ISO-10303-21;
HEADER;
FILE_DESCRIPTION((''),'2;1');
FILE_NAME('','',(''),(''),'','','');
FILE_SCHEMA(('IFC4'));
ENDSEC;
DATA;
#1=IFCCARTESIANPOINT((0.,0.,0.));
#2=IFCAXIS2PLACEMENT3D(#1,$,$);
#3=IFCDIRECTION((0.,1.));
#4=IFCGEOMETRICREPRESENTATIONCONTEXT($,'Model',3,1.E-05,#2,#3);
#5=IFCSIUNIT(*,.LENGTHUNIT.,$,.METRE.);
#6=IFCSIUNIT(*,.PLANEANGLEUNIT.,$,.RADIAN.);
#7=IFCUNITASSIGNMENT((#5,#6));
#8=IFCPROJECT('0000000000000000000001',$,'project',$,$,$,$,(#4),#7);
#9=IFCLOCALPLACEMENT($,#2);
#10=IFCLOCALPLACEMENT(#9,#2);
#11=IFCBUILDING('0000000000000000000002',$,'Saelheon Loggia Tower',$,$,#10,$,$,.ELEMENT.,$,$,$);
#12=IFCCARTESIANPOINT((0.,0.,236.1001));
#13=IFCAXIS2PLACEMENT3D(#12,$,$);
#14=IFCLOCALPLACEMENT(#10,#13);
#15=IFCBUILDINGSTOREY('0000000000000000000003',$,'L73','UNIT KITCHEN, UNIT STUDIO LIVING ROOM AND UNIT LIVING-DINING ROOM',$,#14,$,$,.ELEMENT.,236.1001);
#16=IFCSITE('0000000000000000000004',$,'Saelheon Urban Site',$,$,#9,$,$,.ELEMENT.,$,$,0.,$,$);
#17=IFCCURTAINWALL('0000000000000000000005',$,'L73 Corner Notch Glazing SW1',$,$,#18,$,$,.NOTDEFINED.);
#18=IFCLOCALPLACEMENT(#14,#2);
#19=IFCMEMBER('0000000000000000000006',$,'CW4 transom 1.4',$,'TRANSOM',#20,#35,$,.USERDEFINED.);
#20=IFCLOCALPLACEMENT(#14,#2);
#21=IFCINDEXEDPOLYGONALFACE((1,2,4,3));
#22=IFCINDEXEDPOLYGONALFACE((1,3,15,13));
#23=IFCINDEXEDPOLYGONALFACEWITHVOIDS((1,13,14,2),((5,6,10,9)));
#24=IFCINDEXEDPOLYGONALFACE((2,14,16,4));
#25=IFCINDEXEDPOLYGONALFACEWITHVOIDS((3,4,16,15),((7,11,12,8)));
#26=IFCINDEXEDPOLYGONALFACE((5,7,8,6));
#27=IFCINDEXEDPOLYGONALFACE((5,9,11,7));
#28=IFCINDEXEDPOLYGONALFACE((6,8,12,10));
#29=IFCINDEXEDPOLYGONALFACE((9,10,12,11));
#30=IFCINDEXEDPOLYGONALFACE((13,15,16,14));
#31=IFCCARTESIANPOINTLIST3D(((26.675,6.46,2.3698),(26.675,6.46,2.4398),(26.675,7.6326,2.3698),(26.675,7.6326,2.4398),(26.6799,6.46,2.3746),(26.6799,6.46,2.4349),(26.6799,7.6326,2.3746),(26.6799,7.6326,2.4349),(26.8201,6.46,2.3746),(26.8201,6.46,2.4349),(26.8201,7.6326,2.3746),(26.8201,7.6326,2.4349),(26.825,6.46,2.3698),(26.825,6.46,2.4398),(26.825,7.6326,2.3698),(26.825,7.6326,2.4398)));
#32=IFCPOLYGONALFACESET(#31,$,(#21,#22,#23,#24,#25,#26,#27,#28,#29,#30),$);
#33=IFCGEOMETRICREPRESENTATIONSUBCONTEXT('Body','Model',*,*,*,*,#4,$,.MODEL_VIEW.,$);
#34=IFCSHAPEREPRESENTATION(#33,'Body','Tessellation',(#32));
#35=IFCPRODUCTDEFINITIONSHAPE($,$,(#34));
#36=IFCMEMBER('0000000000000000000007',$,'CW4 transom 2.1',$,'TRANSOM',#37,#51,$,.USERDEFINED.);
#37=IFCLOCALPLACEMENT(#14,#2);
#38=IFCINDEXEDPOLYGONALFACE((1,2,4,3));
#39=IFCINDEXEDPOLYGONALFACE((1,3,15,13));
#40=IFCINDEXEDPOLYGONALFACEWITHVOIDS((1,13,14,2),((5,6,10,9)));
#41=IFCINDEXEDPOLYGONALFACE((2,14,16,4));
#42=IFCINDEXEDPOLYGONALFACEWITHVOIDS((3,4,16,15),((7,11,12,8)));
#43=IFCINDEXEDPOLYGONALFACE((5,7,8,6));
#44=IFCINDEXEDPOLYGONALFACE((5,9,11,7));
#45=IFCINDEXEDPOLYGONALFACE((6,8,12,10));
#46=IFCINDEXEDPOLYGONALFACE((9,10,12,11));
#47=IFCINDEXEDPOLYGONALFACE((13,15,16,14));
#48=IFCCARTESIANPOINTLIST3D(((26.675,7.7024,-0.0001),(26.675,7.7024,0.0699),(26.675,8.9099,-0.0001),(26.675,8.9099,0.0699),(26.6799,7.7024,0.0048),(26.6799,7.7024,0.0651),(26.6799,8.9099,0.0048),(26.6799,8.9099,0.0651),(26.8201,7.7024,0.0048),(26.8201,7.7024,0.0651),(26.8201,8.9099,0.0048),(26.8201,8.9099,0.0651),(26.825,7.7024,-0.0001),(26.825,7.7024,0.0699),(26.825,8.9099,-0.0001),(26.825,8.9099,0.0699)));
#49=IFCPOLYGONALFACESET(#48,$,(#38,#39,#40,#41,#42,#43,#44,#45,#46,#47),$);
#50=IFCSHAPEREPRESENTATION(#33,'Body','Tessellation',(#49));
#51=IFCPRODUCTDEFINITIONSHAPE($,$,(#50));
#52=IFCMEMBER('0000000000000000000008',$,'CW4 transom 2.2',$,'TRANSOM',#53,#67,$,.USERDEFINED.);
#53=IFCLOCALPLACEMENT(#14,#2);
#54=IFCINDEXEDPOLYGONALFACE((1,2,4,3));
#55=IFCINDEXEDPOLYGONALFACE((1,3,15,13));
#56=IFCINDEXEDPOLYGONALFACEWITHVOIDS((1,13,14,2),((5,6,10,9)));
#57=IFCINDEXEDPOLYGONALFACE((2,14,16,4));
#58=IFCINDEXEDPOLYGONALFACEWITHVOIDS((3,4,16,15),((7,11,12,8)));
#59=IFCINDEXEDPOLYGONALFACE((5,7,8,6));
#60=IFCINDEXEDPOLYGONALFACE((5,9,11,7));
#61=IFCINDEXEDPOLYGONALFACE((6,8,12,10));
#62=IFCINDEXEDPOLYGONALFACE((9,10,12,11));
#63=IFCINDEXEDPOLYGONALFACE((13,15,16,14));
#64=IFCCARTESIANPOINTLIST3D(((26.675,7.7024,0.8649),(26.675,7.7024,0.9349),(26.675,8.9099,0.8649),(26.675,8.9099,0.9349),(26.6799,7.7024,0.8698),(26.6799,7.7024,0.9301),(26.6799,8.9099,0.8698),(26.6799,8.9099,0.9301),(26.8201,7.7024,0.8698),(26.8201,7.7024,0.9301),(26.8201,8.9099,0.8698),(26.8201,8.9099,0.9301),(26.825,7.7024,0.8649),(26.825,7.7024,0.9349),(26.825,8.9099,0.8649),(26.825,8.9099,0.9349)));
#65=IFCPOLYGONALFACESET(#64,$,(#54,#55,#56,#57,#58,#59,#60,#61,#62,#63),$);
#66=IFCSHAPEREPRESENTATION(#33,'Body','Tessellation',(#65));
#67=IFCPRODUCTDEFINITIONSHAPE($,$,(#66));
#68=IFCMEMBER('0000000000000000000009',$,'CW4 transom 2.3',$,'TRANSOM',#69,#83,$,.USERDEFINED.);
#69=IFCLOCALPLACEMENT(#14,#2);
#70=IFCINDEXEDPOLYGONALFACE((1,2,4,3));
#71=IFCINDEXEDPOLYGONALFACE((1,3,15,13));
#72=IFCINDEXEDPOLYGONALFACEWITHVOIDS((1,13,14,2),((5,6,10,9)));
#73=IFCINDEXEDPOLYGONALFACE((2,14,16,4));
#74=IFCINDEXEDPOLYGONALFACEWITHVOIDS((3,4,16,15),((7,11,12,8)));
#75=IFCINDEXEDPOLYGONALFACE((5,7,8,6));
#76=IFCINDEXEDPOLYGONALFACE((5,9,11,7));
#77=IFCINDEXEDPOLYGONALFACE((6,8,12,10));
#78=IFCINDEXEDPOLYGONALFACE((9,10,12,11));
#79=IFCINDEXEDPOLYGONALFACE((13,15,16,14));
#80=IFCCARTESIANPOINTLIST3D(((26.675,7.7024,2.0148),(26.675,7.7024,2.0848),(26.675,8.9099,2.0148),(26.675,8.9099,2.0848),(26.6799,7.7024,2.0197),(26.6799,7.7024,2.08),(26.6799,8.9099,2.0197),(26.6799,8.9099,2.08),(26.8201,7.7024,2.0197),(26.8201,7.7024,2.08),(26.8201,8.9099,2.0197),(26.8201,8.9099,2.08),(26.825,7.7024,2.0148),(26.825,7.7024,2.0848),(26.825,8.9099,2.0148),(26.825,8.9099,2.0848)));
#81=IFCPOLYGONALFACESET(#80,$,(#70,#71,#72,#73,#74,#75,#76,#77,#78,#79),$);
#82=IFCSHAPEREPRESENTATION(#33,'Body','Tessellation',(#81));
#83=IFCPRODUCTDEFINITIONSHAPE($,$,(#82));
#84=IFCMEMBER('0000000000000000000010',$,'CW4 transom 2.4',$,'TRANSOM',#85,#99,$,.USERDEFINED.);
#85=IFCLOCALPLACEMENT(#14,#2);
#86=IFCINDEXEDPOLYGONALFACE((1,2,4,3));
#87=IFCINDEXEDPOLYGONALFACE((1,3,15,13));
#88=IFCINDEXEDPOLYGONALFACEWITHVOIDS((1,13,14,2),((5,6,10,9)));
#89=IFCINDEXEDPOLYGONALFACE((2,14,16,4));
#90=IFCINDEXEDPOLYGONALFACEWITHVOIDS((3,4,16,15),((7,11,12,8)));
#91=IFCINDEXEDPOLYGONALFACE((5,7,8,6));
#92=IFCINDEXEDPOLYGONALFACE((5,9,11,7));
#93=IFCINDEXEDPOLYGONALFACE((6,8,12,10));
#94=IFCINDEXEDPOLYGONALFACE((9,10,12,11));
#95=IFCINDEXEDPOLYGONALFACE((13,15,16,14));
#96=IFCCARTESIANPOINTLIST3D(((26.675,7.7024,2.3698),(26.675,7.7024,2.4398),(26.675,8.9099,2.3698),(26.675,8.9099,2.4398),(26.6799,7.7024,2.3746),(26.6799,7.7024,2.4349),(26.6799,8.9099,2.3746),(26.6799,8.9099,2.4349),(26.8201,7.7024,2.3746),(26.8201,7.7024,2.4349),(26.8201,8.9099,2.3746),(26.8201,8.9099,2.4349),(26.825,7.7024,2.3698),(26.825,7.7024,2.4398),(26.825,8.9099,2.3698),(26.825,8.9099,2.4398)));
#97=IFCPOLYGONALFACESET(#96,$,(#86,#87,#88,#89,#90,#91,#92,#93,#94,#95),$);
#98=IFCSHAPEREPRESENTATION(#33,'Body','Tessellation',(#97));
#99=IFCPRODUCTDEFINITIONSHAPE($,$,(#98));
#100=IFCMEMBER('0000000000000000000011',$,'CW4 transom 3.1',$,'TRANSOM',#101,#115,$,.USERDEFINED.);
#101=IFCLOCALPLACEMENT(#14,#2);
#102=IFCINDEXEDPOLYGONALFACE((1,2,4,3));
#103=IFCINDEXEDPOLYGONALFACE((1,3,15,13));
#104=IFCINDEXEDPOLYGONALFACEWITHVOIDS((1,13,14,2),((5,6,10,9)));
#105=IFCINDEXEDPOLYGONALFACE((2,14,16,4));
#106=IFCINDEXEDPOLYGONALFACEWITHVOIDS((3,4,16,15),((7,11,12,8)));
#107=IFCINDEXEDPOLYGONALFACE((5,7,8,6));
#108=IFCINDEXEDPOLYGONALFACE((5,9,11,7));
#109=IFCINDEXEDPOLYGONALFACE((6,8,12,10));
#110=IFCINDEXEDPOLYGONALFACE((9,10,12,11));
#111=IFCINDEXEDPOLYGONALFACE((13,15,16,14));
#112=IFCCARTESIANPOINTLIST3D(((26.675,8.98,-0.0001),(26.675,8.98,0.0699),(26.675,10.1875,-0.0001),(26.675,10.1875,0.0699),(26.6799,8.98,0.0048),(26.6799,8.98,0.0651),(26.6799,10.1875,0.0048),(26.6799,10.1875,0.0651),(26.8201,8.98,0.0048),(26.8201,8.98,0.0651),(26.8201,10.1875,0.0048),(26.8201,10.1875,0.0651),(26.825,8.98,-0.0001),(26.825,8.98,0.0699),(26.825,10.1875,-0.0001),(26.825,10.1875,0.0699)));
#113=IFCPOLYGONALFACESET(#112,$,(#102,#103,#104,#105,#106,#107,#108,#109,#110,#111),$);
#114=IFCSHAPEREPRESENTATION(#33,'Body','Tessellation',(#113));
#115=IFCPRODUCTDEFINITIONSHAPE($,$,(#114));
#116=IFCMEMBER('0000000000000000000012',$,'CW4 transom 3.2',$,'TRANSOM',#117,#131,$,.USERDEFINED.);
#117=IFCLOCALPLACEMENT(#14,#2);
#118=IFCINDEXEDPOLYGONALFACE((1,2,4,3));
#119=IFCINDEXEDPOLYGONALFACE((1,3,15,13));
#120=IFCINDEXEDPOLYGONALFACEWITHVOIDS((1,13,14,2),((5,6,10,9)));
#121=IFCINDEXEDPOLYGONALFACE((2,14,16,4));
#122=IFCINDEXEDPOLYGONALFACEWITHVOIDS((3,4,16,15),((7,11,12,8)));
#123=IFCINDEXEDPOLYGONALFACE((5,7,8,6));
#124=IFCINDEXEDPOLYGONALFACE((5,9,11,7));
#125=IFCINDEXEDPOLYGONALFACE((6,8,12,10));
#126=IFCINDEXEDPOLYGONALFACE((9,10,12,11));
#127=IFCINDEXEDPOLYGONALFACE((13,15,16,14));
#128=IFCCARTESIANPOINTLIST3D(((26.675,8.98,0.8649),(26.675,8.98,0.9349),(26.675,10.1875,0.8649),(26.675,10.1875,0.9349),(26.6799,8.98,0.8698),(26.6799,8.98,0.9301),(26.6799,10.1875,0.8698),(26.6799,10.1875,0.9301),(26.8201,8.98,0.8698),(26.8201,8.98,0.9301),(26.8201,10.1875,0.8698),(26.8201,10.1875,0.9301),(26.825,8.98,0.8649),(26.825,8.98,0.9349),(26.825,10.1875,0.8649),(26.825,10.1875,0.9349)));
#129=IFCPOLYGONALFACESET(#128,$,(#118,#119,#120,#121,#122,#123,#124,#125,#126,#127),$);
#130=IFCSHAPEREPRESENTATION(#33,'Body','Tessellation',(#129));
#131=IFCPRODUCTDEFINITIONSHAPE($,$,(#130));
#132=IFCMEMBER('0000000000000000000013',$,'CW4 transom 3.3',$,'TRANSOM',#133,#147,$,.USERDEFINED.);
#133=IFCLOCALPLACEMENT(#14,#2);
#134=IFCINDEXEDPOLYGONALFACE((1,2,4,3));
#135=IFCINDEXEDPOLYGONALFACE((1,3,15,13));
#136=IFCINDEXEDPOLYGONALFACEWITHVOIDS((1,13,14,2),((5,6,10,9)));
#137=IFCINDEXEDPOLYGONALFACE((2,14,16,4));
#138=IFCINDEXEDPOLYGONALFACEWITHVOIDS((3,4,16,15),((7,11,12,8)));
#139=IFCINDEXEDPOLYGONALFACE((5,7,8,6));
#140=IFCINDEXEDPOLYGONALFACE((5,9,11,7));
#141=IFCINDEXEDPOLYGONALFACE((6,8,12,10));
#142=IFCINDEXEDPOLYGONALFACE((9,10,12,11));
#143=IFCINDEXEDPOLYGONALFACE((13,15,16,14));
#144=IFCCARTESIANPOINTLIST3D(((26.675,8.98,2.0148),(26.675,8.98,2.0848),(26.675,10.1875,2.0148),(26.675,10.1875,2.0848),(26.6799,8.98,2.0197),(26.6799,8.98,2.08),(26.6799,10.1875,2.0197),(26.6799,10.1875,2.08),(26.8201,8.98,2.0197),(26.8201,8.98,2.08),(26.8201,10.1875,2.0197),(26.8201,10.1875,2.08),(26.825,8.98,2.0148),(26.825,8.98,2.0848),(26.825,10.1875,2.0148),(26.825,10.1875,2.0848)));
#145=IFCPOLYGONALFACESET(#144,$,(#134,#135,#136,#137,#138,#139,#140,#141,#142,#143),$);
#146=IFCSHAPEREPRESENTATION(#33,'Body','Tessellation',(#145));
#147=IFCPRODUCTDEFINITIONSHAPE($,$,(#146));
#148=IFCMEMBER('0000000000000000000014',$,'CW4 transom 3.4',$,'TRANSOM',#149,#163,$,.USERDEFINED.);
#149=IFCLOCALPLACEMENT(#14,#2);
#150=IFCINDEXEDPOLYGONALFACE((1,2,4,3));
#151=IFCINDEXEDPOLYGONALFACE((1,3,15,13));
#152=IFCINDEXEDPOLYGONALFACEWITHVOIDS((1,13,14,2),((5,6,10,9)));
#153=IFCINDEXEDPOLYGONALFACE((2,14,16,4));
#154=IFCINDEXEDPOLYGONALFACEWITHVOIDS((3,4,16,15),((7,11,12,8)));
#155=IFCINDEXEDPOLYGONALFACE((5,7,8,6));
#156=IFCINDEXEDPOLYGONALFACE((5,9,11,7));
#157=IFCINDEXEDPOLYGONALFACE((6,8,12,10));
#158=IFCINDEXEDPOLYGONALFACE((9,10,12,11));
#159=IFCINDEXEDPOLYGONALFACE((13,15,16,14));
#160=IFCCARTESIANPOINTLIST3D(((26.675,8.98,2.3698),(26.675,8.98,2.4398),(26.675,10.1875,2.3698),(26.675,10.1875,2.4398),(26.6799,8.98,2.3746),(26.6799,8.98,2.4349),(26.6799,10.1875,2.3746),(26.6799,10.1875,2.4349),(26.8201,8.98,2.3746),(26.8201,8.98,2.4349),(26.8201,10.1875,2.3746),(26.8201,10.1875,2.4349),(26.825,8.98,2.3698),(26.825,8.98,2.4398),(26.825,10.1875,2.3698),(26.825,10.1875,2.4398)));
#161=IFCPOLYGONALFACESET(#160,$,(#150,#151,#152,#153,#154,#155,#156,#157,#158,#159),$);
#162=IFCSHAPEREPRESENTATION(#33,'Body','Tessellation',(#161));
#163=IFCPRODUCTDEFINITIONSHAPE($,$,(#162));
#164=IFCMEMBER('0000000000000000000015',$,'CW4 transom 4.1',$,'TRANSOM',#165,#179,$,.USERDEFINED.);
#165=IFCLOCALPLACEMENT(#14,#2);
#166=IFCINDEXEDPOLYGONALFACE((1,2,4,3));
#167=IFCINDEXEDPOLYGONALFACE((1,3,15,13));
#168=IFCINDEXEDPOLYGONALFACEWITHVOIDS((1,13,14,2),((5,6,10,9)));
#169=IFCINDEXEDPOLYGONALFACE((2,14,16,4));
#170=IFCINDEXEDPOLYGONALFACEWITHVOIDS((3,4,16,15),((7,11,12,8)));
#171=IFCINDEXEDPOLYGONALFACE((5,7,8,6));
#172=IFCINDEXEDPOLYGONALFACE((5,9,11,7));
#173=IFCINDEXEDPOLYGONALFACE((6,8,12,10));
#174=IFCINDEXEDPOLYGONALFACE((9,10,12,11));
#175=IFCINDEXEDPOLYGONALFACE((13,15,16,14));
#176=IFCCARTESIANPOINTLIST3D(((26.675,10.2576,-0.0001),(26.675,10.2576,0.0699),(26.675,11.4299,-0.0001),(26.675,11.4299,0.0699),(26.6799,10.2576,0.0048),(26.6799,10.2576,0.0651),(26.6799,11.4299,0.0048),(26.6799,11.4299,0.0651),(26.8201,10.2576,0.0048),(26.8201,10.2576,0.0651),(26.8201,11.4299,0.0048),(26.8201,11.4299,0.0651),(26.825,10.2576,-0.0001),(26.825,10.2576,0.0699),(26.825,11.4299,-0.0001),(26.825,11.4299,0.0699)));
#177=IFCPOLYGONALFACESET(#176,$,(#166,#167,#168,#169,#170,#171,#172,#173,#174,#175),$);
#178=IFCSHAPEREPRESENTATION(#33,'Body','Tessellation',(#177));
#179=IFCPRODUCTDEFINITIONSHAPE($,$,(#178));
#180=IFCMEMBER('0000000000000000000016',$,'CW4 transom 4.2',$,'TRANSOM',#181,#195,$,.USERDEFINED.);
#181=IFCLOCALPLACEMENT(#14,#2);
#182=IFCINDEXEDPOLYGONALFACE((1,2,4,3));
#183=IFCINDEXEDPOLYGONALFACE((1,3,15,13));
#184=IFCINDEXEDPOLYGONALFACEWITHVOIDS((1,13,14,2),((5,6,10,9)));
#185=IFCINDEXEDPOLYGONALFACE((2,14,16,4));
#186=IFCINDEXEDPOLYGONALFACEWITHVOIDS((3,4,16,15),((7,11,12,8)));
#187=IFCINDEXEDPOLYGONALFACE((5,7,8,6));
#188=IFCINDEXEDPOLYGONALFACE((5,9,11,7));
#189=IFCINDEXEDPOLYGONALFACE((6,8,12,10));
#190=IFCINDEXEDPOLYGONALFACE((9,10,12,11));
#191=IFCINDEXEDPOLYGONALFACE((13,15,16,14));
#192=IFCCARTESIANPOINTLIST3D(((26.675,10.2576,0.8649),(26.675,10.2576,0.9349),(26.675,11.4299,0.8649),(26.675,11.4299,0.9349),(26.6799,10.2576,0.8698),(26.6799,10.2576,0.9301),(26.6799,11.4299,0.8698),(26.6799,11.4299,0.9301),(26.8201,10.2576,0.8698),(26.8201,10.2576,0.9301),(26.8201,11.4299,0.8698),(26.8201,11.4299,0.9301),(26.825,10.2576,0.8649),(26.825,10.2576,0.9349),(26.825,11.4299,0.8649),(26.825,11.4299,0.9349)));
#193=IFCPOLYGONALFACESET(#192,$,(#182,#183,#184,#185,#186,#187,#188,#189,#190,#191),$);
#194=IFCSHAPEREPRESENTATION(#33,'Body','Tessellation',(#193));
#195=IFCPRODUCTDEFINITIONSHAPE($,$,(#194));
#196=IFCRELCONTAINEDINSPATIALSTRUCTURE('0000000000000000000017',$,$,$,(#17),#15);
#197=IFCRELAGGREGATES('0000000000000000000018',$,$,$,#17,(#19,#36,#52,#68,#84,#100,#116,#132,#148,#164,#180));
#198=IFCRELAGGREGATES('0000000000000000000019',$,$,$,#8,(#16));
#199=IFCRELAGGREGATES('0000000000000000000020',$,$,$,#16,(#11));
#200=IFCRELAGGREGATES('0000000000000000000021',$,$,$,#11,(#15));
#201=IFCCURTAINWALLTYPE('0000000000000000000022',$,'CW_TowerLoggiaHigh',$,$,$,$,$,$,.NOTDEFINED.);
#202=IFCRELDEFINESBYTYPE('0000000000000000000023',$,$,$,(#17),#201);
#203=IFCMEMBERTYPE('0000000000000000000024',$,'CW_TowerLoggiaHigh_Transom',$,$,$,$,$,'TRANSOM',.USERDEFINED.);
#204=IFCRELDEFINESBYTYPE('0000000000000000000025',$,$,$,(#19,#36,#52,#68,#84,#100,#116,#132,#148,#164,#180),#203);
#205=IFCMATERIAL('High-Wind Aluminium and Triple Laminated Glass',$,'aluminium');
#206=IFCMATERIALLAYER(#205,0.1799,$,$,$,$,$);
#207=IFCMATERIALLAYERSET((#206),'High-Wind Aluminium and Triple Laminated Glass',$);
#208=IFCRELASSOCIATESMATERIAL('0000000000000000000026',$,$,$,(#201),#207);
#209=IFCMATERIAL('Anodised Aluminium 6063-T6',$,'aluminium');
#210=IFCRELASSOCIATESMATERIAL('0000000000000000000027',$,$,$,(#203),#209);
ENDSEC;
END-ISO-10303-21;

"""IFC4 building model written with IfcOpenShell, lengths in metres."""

from ifc_helpers import new_model, si_unit, direction, frame, origin, origin_2d, place, context, subcontext, project, spatial, hollow_rectangle, extrude, source, transform, mapped, material, layer, layer_set, material_profile, profile_set, type_object, element, aggregate, save


model = new_model("IFC4")

# Units and contexts
model_context = context("Model", 3, precision=1e-05, world=origin(), true_north=direction((0.0, 1.0)))
body_context = subcontext(model_context, "Body", "Model", "MODEL_VIEW")
ifc_project = project(units=[si_unit("LENGTHUNIT", "METRE"), si_unit("PLANEANGLEUNIT", "RADIAN")], contexts=[model_context])

# Site, building, storey
site_placement = place(None, origin())
site = spatial("IfcSite", under=ifc_project, at=site_placement, Name="Saelheon Urban Site", CompositionType="ELEMENT", RefElevation=0.0)
building_placement = place(site_placement, origin())
building = spatial("IfcBuilding", under=site, at=building_placement, Name="Saelheon Loggia Tower", CompositionType="ELEMENT")
storey_placement = place(building_placement, frame((0.0, 0.0, 236.1001)))
storey = spatial("IfcBuildingStorey", under=building, at=storey_placement, Name="L73", Description="UNIT KITCHEN, UNIT STUDIO LIVING ROOM AND UNIT LIVING-DINING ROOM", CompositionType="ELEMENT", Elevation=236.1001)

# Curtain wall, members
ifc_material_1 = material(Name="High-Wind Aluminium and Triple Laminated Glass", Category="aluminium")
ifc_layer_1 = layer(ifc_material_1, 0.1799)
ifc_layer_set_1 = layer_set([ifc_layer_1], Name="High-Wind Aluminium and Triple Laminated Glass")
curtain_wall_type = type_object("IfcCurtainWallType", Name="CW_TowerLoggiaHigh", PredefinedType="NOTDEFINED", material=ifc_layer_set_1)
curtain_wall_placement = place(storey_placement, origin())
curtain_wall = element("IfcCurtainWall", 1, at=curtain_wall_placement, inside=storey, type_object=curtain_wall_type, Name="L73 Corner Notch Glazing SW1", PredefinedType="NOTDEFINED")
ifc_material_2 = material(Name="Anodised Aluminium 6063-T6", Category="aluminium")
ifc_material_profile_1 = material_profile(ifc_material_2, hollow_rectangle(XDim=0.0701, YDim=0.1499, WallThickness=0.0049, at=origin_2d()), Name="RHS-150x70x5")
ifc_profile_set_1 = profile_set([ifc_material_profile_1], Name="Anodised Aluminium 6063-T6")
member_type_1 = type_object("IfcMemberType", Name="CW_TowerLoggiaHigh_Transom", ElementType="TRANSOM", PredefinedType="USERDEFINED", material=ifc_profile_set_1)
shared_shape_1 = source(origin(), body_context, "Body", "SweptSolid", [
    extrude(hollow_rectangle(XDim=0.0701, YDim=0.1499, WallThickness=0.0049, at=origin_2d()), origin(), (0.0, 0.0, 1.0), 1.1726),
])
member_1_placement = place(storey_placement, frame((26.75, 6.46, 2.4048), z_axis=(0.0, 1.0, 0.0), x_axis=(0.0, 0.0, 1.0)))
member_1 = element("IfcMember", 2, at=member_1_placement, type_object=member_type_1, Name="CW4 transom 1.4", ObjectType="TRANSOM", PredefinedType="USERDEFINED", context=body_context, shape_type="MappedRepresentation", body=[
    mapped(shared_shape_1, transform((0.0, 0.0, 0.0), scale=1.0)),
])
shared_shape_2 = source(origin(), body_context, "Body", "SweptSolid", [
    extrude(hollow_rectangle(XDim=0.0701, YDim=0.1499, WallThickness=0.0049, at=origin_2d()), origin(), (0.0, 0.0, 1.0), 1.2075),
])
member_2_placement = place(storey_placement, frame((26.75, 7.7024, 0.0349), z_axis=(0.0, 1.0, 0.0), x_axis=(0.0, 0.0, 1.0)))
member_2 = element("IfcMember", 3, at=member_2_placement, type_object=member_type_1, Name="CW4 transom 2.1", ObjectType="TRANSOM", PredefinedType="USERDEFINED", context=body_context, shape_type="MappedRepresentation", body=[
    mapped(shared_shape_2, transform((0.0, 0.0, 0.0), scale=1.0)),
])
member_3_placement = place(storey_placement, frame((26.75, 7.7024, 0.8999), z_axis=(0.0, 1.0, 0.0), x_axis=(0.0, 0.0, 1.0)))
member_3 = element("IfcMember", 4, at=member_3_placement, type_object=member_type_1, Name="CW4 transom 2.2", ObjectType="TRANSOM", PredefinedType="USERDEFINED", context=body_context, shape_type="MappedRepresentation", body=[
    mapped(shared_shape_2, transform((0.0, 0.0, 0.0), scale=1.0)),
])
member_4_placement = place(storey_placement, frame((26.75, 7.7024, 2.0498), z_axis=(0.0, 1.0, 0.0), x_axis=(0.0, 0.0, 1.0)))
member_4 = element("IfcMember", 5, at=member_4_placement, type_object=member_type_1, Name="CW4 transom 2.3", ObjectType="TRANSOM", PredefinedType="USERDEFINED", context=body_context, shape_type="MappedRepresentation", body=[
    mapped(shared_shape_2, transform((0.0, 0.0, 0.0), scale=1.0)),
])
member_5_placement = place(storey_placement, frame((26.75, 7.7024, 2.4048), z_axis=(0.0, 1.0, 0.0), x_axis=(0.0, 0.0, 1.0)))
member_5 = element("IfcMember", 6, at=member_5_placement, type_object=member_type_1, Name="CW4 transom 2.4", ObjectType="TRANSOM", PredefinedType="USERDEFINED", context=body_context, shape_type="MappedRepresentation", body=[
    mapped(shared_shape_2, transform((0.0, 0.0, 0.0), scale=1.0)),
])
member_6_placement = place(storey_placement, frame((26.75, 8.98, 0.0349), z_axis=(0.0, 1.0, 0.0), x_axis=(0.0, 0.0, 1.0)))
member_6 = element("IfcMember", 7, at=member_6_placement, type_object=member_type_1, Name="CW4 transom 3.1", ObjectType="TRANSOM", PredefinedType="USERDEFINED", context=body_context, shape_type="MappedRepresentation", body=[
    mapped(shared_shape_2, transform((0.0, 0.0, 0.0), scale=1.0)),
])
member_7_placement = place(storey_placement, frame((26.75, 8.98, 0.8999), z_axis=(0.0, 1.0, 0.0), x_axis=(0.0, 0.0, 1.0)))
member_7 = element("IfcMember", 8, at=member_7_placement, type_object=member_type_1, Name="CW4 transom 3.2", ObjectType="TRANSOM", PredefinedType="USERDEFINED", context=body_context, shape_type="MappedRepresentation", body=[
    mapped(shared_shape_2, transform((0.0, 0.0, 0.0), scale=1.0)),
])
member_8_placement = place(storey_placement, frame((26.75, 8.98, 2.0498), z_axis=(0.0, 1.0, 0.0), x_axis=(0.0, 0.0, 1.0)))
member_8 = element("IfcMember", 9, at=member_8_placement, type_object=member_type_1, Name="CW4 transom 3.3", ObjectType="TRANSOM", PredefinedType="USERDEFINED", context=body_context, shape_type="MappedRepresentation", body=[
    mapped(shared_shape_2, transform((0.0, 0.0, 0.0), scale=1.0)),
])
member_9_placement = place(storey_placement, frame((26.75, 8.98, 2.4048), z_axis=(0.0, 1.0, 0.0), x_axis=(0.0, 0.0, 1.0)))
member_9 = element("IfcMember", 10, at=member_9_placement, type_object=member_type_1, Name="CW4 transom 3.4", ObjectType="TRANSOM", PredefinedType="USERDEFINED", context=body_context, shape_type="MappedRepresentation", body=[
    mapped(shared_shape_2, transform((0.0, 0.0, 0.0), scale=1.0)),
])
shared_shape_3 = source(origin(), body_context, "Body", "SweptSolid", [
    extrude(hollow_rectangle(XDim=0.0701, YDim=0.1499, WallThickness=0.0049, at=origin_2d()), origin(), (0.0, 0.0, 1.0), 1.1724),
])
member_10_placement = place(storey_placement, frame((26.75, 10.2576, 0.0349), z_axis=(0.0, 1.0, 0.0), x_axis=(0.0, 0.0, 1.0)))
member_10 = element("IfcMember", 11, at=member_10_placement, type_object=member_type_1, Name="CW4 transom 4.1", ObjectType="TRANSOM", PredefinedType="USERDEFINED", context=body_context, shape_type="MappedRepresentation", body=[
    mapped(shared_shape_3, transform((0.0, 0.0, 0.0), scale=1.0)),
])
member_11_placement = place(storey_placement, frame((26.75, 10.2576, 0.8999), z_axis=(0.0, 1.0, 0.0), x_axis=(0.0, 0.0, 1.0)))
member_11 = element("IfcMember", 12, at=member_11_placement, type_object=member_type_1, Name="CW4 transom 4.2", ObjectType="TRANSOM", PredefinedType="USERDEFINED", context=body_context, shape_type="MappedRepresentation", body=[
    mapped(shared_shape_3, transform((0.0, 0.0, 0.0), scale=1.0)),
])
aggregate(curtain_wall, [member_1, member_2, member_3, member_4, member_5, member_6, member_7, member_8, member_9, member_10, member_11])

save(model, "model.ifc")
